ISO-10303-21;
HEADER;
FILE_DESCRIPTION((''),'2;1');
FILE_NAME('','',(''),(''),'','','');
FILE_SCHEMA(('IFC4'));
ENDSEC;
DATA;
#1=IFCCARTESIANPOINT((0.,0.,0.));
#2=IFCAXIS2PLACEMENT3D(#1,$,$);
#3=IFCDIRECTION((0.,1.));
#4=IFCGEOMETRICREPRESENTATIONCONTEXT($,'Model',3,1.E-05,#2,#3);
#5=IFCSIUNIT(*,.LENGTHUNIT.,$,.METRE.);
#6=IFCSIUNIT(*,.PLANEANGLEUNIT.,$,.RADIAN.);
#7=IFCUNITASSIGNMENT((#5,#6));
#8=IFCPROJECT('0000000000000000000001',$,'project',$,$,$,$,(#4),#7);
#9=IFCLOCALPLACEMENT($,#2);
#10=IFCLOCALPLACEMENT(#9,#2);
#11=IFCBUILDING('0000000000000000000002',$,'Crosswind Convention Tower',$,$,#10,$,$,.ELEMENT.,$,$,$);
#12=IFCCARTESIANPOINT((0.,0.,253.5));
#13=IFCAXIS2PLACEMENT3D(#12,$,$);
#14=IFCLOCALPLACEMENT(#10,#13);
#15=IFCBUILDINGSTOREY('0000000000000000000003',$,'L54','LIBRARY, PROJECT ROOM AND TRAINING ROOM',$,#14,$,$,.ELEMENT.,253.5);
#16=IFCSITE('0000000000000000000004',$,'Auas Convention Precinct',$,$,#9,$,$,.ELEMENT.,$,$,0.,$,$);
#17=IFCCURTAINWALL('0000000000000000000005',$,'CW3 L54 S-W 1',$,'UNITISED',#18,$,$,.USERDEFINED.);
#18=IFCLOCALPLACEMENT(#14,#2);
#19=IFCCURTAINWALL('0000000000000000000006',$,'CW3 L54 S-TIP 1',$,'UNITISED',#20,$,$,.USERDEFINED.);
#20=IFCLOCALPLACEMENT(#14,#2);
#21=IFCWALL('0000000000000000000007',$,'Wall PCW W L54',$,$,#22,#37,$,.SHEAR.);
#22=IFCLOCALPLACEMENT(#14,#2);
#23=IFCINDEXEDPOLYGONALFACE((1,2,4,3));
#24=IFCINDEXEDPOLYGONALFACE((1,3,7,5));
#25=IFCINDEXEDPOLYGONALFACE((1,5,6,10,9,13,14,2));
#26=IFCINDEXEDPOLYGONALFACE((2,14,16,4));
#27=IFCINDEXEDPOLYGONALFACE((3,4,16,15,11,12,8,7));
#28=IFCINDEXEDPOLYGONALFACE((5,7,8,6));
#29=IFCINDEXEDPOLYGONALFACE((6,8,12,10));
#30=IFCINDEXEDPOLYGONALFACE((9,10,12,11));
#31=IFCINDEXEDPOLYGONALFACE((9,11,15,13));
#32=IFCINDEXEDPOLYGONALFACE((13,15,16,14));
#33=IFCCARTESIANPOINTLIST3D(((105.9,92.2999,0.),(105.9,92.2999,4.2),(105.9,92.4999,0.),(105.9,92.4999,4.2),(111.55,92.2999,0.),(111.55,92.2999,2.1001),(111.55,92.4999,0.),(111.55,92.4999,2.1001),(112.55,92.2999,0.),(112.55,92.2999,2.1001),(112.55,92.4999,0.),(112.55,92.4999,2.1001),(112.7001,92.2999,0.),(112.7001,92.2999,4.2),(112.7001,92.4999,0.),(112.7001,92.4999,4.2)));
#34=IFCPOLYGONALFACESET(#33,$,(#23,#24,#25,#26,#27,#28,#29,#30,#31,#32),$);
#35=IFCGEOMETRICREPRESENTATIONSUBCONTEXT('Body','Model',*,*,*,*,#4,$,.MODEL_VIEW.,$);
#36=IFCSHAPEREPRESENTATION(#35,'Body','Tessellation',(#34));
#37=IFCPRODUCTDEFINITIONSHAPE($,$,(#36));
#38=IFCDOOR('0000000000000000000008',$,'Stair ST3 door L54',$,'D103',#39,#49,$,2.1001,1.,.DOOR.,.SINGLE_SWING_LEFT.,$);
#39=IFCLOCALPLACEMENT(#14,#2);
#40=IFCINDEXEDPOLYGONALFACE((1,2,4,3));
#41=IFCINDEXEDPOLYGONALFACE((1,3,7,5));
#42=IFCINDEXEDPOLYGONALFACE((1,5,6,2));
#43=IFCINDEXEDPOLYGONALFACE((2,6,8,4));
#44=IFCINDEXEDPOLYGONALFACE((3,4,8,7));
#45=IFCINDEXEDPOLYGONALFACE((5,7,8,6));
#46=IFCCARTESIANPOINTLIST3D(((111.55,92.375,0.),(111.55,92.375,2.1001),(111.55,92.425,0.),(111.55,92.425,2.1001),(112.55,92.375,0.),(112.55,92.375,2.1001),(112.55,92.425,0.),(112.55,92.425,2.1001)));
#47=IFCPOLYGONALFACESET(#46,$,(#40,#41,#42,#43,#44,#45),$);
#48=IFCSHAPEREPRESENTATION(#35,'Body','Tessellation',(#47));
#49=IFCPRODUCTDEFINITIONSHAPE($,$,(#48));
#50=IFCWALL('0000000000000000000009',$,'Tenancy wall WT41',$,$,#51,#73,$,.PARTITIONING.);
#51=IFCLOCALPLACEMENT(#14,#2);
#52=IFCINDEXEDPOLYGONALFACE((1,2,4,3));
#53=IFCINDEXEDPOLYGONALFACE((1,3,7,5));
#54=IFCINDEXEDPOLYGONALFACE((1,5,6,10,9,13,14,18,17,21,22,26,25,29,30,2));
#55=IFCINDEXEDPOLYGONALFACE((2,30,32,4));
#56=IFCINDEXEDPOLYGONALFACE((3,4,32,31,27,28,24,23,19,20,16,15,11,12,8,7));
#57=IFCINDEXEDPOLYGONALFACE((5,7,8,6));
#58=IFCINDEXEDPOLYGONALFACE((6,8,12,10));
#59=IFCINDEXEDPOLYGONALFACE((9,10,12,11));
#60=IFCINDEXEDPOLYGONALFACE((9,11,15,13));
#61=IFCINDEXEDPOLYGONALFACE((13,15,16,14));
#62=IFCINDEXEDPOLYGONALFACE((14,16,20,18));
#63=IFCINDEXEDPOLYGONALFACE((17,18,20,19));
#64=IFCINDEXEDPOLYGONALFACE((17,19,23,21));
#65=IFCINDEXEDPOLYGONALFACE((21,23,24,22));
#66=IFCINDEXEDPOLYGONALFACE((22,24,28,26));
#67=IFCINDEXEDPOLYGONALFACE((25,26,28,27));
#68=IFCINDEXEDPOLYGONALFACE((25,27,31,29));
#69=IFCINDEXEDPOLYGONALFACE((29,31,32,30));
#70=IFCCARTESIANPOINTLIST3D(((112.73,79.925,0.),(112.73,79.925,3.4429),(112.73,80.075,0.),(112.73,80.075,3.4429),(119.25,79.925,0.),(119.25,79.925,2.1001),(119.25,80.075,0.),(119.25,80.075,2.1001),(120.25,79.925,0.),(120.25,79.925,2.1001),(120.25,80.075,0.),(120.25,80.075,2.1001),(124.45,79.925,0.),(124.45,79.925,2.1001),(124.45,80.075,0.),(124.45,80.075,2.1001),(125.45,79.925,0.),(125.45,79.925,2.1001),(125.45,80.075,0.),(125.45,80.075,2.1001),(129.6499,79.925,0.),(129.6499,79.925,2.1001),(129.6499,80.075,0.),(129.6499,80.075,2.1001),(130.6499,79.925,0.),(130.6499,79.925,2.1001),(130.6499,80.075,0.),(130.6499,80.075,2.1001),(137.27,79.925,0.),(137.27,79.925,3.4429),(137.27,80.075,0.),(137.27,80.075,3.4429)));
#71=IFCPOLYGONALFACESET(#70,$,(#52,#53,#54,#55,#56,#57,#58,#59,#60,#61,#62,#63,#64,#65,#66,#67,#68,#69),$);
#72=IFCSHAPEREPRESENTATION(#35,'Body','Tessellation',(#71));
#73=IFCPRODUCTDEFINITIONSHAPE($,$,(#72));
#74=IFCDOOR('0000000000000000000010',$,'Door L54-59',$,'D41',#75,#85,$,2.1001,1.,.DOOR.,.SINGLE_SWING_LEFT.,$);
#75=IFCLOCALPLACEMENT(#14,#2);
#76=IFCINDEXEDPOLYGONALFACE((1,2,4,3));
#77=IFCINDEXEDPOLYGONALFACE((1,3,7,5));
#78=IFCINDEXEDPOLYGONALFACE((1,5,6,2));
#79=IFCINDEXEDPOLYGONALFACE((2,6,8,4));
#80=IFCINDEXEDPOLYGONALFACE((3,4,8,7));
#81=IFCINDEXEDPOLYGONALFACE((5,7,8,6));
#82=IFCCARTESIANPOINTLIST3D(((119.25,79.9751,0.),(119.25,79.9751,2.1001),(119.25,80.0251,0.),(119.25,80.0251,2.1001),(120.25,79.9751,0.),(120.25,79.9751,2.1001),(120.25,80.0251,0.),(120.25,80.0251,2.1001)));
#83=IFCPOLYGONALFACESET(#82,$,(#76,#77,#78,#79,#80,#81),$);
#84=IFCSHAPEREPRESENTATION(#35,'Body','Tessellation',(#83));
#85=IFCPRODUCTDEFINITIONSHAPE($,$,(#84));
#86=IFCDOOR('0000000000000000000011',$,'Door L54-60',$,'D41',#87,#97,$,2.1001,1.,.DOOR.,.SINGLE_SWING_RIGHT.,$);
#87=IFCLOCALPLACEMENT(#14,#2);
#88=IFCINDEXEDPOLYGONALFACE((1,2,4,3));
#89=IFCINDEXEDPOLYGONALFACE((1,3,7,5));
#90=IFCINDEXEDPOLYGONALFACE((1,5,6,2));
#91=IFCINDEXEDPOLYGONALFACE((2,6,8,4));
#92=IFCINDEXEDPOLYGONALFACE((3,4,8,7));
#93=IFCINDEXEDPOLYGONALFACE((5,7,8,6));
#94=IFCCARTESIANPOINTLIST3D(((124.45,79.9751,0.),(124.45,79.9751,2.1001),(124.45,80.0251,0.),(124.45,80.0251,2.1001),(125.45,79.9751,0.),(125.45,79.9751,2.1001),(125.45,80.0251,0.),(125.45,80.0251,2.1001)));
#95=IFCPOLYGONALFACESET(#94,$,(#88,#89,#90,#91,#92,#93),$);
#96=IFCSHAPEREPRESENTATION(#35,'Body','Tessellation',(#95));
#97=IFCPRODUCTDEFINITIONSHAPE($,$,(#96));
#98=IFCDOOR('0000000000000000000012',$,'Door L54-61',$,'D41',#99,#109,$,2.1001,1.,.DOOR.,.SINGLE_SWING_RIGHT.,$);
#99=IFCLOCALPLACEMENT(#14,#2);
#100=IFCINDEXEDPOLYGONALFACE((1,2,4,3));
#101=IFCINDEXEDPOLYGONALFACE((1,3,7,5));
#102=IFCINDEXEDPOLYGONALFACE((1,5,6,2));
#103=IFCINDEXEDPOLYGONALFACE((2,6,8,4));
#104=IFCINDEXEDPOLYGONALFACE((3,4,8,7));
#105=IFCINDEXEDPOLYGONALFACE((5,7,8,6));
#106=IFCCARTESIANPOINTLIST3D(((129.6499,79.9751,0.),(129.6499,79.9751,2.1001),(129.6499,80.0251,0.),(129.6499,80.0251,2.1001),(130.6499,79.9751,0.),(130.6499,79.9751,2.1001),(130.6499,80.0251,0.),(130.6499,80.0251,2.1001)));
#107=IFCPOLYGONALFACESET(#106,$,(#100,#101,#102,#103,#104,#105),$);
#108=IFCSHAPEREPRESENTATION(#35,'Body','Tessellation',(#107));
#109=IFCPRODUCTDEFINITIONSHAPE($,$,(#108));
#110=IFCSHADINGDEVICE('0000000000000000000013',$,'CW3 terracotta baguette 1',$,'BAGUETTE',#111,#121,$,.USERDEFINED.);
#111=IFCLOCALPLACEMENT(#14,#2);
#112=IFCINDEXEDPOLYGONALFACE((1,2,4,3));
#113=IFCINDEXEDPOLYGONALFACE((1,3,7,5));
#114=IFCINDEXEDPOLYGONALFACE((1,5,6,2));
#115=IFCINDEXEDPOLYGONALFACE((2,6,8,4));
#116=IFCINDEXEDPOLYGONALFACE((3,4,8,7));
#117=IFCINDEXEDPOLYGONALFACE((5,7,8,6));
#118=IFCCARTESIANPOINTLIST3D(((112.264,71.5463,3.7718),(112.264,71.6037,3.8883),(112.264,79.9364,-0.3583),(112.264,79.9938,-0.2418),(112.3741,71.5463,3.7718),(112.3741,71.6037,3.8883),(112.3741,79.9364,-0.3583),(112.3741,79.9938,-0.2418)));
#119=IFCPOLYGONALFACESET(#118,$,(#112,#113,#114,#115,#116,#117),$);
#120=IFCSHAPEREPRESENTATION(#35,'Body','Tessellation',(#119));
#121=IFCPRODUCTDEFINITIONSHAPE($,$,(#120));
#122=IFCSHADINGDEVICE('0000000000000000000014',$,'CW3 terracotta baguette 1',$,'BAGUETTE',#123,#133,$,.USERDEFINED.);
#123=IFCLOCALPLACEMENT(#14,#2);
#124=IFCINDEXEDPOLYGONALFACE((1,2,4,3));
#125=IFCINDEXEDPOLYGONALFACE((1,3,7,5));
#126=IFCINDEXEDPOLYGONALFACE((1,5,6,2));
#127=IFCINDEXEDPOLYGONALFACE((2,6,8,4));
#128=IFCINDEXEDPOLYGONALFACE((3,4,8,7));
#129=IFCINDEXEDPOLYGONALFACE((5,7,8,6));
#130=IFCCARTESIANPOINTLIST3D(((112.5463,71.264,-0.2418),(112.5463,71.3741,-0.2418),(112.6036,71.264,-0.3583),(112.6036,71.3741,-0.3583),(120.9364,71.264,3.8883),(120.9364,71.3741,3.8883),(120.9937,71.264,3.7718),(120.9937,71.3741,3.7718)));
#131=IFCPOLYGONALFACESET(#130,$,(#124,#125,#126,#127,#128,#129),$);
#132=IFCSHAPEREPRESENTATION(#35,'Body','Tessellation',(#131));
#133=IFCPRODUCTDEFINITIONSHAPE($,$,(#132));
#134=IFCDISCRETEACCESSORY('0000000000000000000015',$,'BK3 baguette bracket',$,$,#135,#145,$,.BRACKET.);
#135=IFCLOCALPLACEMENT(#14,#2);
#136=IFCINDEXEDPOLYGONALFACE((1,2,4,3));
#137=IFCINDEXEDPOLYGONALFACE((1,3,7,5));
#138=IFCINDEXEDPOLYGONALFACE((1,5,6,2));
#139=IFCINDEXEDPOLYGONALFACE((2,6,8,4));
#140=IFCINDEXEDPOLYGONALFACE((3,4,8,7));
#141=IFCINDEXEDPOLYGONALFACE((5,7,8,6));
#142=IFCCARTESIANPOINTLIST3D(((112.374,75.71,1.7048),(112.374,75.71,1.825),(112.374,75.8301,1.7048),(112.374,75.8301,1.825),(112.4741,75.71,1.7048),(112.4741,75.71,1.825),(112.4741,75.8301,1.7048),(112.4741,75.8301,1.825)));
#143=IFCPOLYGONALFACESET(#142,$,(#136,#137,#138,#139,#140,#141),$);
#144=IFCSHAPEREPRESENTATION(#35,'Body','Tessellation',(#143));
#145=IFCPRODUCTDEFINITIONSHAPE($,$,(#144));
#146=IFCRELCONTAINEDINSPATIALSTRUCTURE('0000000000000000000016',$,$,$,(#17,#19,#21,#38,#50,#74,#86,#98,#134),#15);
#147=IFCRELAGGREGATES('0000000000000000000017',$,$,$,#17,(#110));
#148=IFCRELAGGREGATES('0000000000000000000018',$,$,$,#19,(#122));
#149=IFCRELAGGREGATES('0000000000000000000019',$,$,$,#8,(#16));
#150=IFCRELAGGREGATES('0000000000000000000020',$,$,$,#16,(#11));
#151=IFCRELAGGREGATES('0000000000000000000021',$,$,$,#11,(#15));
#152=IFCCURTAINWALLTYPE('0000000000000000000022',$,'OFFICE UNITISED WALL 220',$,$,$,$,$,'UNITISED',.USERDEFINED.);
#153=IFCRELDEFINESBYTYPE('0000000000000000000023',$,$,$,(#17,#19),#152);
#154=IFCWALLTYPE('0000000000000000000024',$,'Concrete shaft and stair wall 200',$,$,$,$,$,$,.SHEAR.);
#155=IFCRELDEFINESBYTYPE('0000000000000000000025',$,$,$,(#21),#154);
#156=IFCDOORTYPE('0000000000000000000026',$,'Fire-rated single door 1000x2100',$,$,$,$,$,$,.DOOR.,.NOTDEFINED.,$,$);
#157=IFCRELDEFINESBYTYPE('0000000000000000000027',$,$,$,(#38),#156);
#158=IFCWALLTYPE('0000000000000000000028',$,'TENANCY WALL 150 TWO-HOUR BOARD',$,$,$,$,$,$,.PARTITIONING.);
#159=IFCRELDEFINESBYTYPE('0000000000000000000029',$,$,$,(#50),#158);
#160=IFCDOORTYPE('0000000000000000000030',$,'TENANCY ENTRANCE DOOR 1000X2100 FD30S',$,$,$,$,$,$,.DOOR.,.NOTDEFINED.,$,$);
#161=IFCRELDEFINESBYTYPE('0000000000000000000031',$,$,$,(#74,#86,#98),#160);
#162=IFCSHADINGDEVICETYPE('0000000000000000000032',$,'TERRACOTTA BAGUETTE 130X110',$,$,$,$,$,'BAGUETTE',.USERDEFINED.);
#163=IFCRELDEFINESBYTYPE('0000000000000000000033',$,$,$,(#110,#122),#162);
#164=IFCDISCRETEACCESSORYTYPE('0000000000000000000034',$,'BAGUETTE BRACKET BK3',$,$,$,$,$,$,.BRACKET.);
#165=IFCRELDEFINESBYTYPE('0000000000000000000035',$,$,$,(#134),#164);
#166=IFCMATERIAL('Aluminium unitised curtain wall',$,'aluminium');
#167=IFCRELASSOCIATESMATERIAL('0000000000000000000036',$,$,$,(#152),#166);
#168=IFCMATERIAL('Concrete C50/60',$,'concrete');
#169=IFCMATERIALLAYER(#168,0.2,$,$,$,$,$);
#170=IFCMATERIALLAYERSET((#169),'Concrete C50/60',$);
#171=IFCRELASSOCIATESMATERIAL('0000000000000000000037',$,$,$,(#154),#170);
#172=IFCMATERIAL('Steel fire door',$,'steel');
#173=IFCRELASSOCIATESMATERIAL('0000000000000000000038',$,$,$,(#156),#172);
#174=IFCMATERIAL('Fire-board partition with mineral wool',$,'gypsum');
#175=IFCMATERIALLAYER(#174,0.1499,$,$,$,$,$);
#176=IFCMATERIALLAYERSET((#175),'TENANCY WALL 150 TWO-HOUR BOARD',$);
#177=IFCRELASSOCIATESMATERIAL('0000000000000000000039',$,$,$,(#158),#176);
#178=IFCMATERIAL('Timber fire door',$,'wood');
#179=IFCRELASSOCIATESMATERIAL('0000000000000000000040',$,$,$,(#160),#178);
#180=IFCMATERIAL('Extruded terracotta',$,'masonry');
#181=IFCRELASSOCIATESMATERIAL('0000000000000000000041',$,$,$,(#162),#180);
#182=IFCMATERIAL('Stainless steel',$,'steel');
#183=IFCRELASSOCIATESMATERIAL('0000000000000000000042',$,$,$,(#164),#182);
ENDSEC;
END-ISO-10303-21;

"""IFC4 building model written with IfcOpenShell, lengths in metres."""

from ifc_helpers import new_model, si_unit, direction, frame, frame_2d, origin, origin_2d, place, context, subcontext, project, spatial, rectangle, extrude, material, layer, layer_set, material_profile, profile_set, type_object, element, fill, aggregate, save


model = new_model("IFC4")

# Units and contexts
model_context = context("Model", 3, precision=1e-05, world=origin(), true_north=direction((0.0, 1.0)))
body_context = subcontext(model_context, "Body", "Model", "MODEL_VIEW")
ifc_project = project(units=[si_unit("LENGTHUNIT", "METRE"), si_unit("PLANEANGLEUNIT", "RADIAN")], contexts=[model_context])

# Site, building, storey
site_placement = place(None, origin())
site = spatial("IfcSite", under=ifc_project, at=site_placement, Name="Auas Convention Precinct", CompositionType="ELEMENT", RefElevation=0.0)
building_placement = place(site_placement, origin())
building = spatial("IfcBuilding", under=site, at=building_placement, Name="Crosswind Convention Tower", CompositionType="ELEMENT")
storey_placement = place(building_placement, frame((0.0, 0.0, 253.5)))
storey = spatial("IfcBuildingStorey", under=building, at=storey_placement, Name="L54", Description="LIBRARY, PROJECT ROOM AND TRAINING ROOM", CompositionType="ELEMENT", Elevation=253.5)

# Curtain wall
ifc_material_1 = material(Name="Aluminium unitised curtain wall", Category="aluminium")
curtain_wall_type_1 = type_object("IfcCurtainWallType", Name="OFFICE UNITISED WALL 220", ElementType="UNITISED", PredefinedType="USERDEFINED", material=ifc_material_1)
curtain_wall_1_placement = place(storey_placement, origin())
curtain_wall_1 = element("IfcCurtainWall", 1, at=curtain_wall_1_placement, inside=storey, type_object=curtain_wall_type_1, Name="CW3 L54 S-W 1", ObjectType="UNITISED", PredefinedType="USERDEFINED")

# Curtain wall
curtain_wall_2_placement = place(storey_placement, origin())
curtain_wall_2 = element("IfcCurtainWall", 2, at=curtain_wall_2_placement, inside=storey, type_object=curtain_wall_type_1, Name="CW3 L54 S-TIP 1", ObjectType="UNITISED", PredefinedType="USERDEFINED")

# Wall, opening, door
ifc_material_2 = material(Name="Concrete C50/60", Category="concrete")
ifc_layer_1 = layer(ifc_material_2, 0.2)
ifc_layer_set_1 = layer_set([ifc_layer_1], Name="Concrete C50/60")
wall_type_1 = type_object("IfcWallType", Name="Concrete shaft and stair wall 200", PredefinedType="SHEAR", material=ifc_layer_set_1)
ifc_material_3 = material(Name="Steel fire door", Category="steel")
wall_1_placement = place(storey_placement, frame((112.7, 92.3999, 0.0), z_axis=(0.0, 0.0, 1.0), x_axis=(-1.0, 0.0, 0.0)))
wall_1 = element("IfcWall", 3, at=wall_1_placement, inside=storey, type_object=wall_type_1, Name="Wall PCW W L54", PredefinedType="SHEAR", context=body_context, shape_type="SweptSolid", body=[
    extrude(rectangle(XDim=6.8, YDim=0.2, at=frame_2d((3.3999, 0.0))), origin(), (0.0, 0.0, 1.0), 4.2),
])
opening_1_placement = place(wall_1_placement, frame((0.1499, 0.0, 0.0)))
opening_1 = element("IfcOpeningElement", 4, at=opening_1_placement, cuts=wall_1, PredefinedType="OPENING", context=body_context, shape_type="SweptSolid", body=[
    extrude(rectangle(XDim=1.0, YDim=2.1001, at=frame_2d((0.5, 1.05))), frame((0.0, 0.1099, 0.0), z_axis=(0.0, -1.0, 0.0), x_axis=(1.0, 0.0, 0.0)), (0.0, 0.0, 1.0), 0.22),
])
door_type_1 = type_object("IfcDoorType", Name="Fire-rated single door 1000x2100", OperationType="NOTDEFINED", PredefinedType="DOOR", material=ifc_material_3)
door_1_placement = place(opening_1_placement, origin())
door_1 = element("IfcDoor", 5, at=door_1_placement, inside=storey, type_object=door_type_1, Name="Stair ST3 door L54", ObjectType="D103", OperationType="SINGLE_SWING_LEFT", OverallHeight=2.1001, OverallWidth=1.0, PredefinedType="DOOR", context=body_context, shape_type="SweptSolid", body=[
    extrude(rectangle(XDim=1.0, YDim=2.1001, at=frame_2d((0.5, 1.05))), frame((0.0, 0.0249, 0.0), z_axis=(0.0, -1.0, 0.0), x_axis=(1.0, 0.0, 0.0)), (0.0, 0.0, 1.0), 0.05),
])
fill(opening_1, door_1)

# Wall, openings, doors
ifc_material_4 = material(Name="Fire-board partition with mineral wool", Category="gypsum")
ifc_layer_2 = layer(ifc_material_4, 0.1499)
ifc_layer_set_2 = layer_set([ifc_layer_2], Name="TENANCY WALL 150 TWO-HOUR BOARD")
wall_type_2 = type_object("IfcWallType", Name="TENANCY WALL 150 TWO-HOUR BOARD", PredefinedType="PARTITIONING", material=ifc_layer_set_2)
wall_2_placement = place(storey_placement, frame((112.73, 80.0, 0.0), z_axis=(0.0, 0.0, 1.0), x_axis=(1.0, 0.0, 0.0)))
wall_2 = element("IfcWall", 6, at=wall_2_placement, inside=storey, type_object=wall_type_2, Name="Tenancy wall WT41", PredefinedType="PARTITIONING", context=body_context, shape_type="SweptSolid", body=[
    extrude(rectangle(XDim=24.54, YDim=0.1499, at=frame_2d((12.27, 0.0))), origin(), (0.0, 0.0, 1.0), 3.4429),
])
opening_2_placement = place(wall_2_placement, frame((6.52, 0.0, 0.0)))
opening_2 = element("IfcOpeningElement", 7, at=opening_2_placement, cuts=wall_2, PredefinedType="OPENING", context=body_context, shape_type="SweptSolid", body=[
    extrude(rectangle(XDim=1.0, YDim=2.1001, at=frame_2d((0.5, 1.05))), frame((0.0, 0.085, 0.0), z_axis=(0.0, -1.0, 0.0), x_axis=(1.0, 0.0, 0.0)), (0.0, 0.0, 1.0), 0.1699),
])
opening_3_placement = place(wall_2_placement, frame((11.72, 0.0, 0.0)))
opening_3 = element("IfcOpeningElement", 8, at=opening_3_placement, cuts=wall_2, PredefinedType="OPENING", context=body_context, shape_type="SweptSolid", body=[
    extrude(rectangle(XDim=1.0, YDim=2.1001, at=frame_2d((0.5, 1.05))), frame((0.0, 0.085, 0.0), z_axis=(0.0, -1.0, 0.0), x_axis=(1.0, 0.0, 0.0)), (0.0, 0.0, 1.0), 0.1699),
])
opening_4_placement = place(wall_2_placement, frame((16.9199, 0.0, 0.0)))
opening_4 = element("IfcOpeningElement", 9, at=opening_4_placement, cuts=wall_2, PredefinedType="OPENING", context=body_context, shape_type="SweptSolid", body=[
    extrude(rectangle(XDim=1.0, YDim=2.1001, at=frame_2d((0.5, 1.05))), frame((0.0, 0.085, 0.0), z_axis=(0.0, -1.0, 0.0), x_axis=(1.0, 0.0, 0.0)), (0.0, 0.0, 1.0), 0.1699),
])
ifc_material_5 = material(Name="Timber fire door", Category="wood")
door_type_2 = type_object("IfcDoorType", Name="TENANCY ENTRANCE DOOR 1000X2100 FD30S", OperationType="NOTDEFINED", PredefinedType="DOOR", material=ifc_material_5)
door_2_placement = place(opening_2_placement, frame((1.0, 0.0, 0.0), z_axis=(0.0, 0.0, 1.0), x_axis=(-1.0, 0.0, 0.0)))
door_2 = element("IfcDoor", 10, at=door_2_placement, inside=storey, type_object=door_type_2, Name="Door L54-59", ObjectType="D41", OperationType="SINGLE_SWING_LEFT", OverallHeight=2.1001, OverallWidth=1.0, PredefinedType="DOOR", context=body_context, shape_type="SweptSolid", body=[
    extrude(rectangle(XDim=1.0, YDim=2.1001, at=frame_2d((0.5, 1.05))), frame((0.0, 0.0249, 0.0), z_axis=(0.0, -1.0, 0.0), x_axis=(1.0, 0.0, 0.0)), (0.0, 0.0, 1.0), 0.05),
])
fill(opening_2, door_2)
door_3_placement = place(opening_3_placement, frame((1.0, 0.0, 0.0), z_axis=(0.0, 0.0, 1.0), x_axis=(-1.0, 0.0, 0.0)))
door_3 = element("IfcDoor", 11, at=door_3_placement, inside=storey, type_object=door_type_2, Name="Door L54-60", ObjectType="D41", OperationType="SINGLE_SWING_RIGHT", OverallHeight=2.1001, OverallWidth=1.0, PredefinedType="DOOR", context=body_context, shape_type="SweptSolid", body=[
    extrude(rectangle(XDim=1.0, YDim=2.1001, at=frame_2d((0.5, 1.05))), frame((0.0, 0.0249, 0.0), z_axis=(0.0, -1.0, 0.0), x_axis=(1.0, 0.0, 0.0)), (0.0, 0.0, 1.0), 0.05),
])
fill(opening_3, door_3)
door_4_placement = place(opening_4_placement, frame((1.0, 0.0, 0.0), z_axis=(0.0, 0.0, 1.0), x_axis=(-1.0, 0.0, 0.0)))
door_4 = element("IfcDoor", 12, at=door_4_placement, inside=storey, type_object=door_type_2, Name="Door L54-61", ObjectType="D41", OperationType="SINGLE_SWING_RIGHT", OverallHeight=2.1001, OverallWidth=1.0, PredefinedType="DOOR", context=body_context, shape_type="SweptSolid", body=[
    extrude(rectangle(XDim=1.0, YDim=2.1001, at=frame_2d((0.5, 1.05))), frame((0.0, 0.0249, 0.0), z_axis=(0.0, -1.0, 0.0), x_axis=(1.0, 0.0, 0.0)), (0.0, 0.0, 1.0), 0.05),
])
fill(opening_4, door_4)

# Shading devices
ifc_material_6 = material(Name="Extruded terracotta", Category="masonry")
ifc_material_profile_1 = material_profile(ifc_material_6, rectangle(XDim=0.1101, YDim=0.1299, at=origin_2d()), Name="TC 110X130")
ifc_profile_set_1 = profile_set([ifc_material_profile_1], Name="Extruded terracotta")
shading_device_type = type_object("IfcShadingDeviceType", Name="TERRACOTTA BAGUETTE 130X110", ElementType="BAGUETTE", PredefinedType="USERDEFINED", material=ifc_profile_set_1)
shading_device_1_placement = place(storey_placement, frame((112.3191, 79.9651, -0.3), z_axis=(0.0, -0.897188, 0.441649), x_axis=(1.0, 0.0, 0.0)))
shading_device_1 = element("IfcShadingDevice", 13, at=shading_device_1_placement, type_object=shading_device_type, Name="CW3 terracotta baguette 1", ObjectType="BAGUETTE", PredefinedType="USERDEFINED", context=body_context, shape_type="SweptSolid", body=[
    extrude(rectangle(XDim=0.1101, YDim=0.1299, at=origin_2d()), origin(), (0.0, 0.0, 1.0), 9.3516),
])
aggregate(curtain_wall_1, [shading_device_1])
shading_device_2_placement = place(storey_placement, frame((112.575, 71.3191, -0.3), z_axis=(0.897188, 0.0, 0.441649), x_axis=(0.0, 1.0, 0.0)))
shading_device_2 = element("IfcShadingDevice", 14, at=shading_device_2_placement, type_object=shading_device_type, Name="CW3 terracotta baguette 1", ObjectType="BAGUETTE", PredefinedType="USERDEFINED", context=body_context, shape_type="SweptSolid", body=[
    extrude(rectangle(XDim=0.1101, YDim=0.1299, at=origin_2d()), origin(), (0.0, 0.0, 1.0), 9.3516),
])
aggregate(curtain_wall_2, [shading_device_2])

# Discrete accessory
ifc_material_7 = material(Name="Stainless steel", Category="steel")
discrete_accessory_type = type_object("IfcDiscreteAccessoryType", Name="BAGUETTE BRACKET BK3", PredefinedType="BRACKET", material=ifc_material_7)
discrete_accessory_placement = place(storey_placement, frame((112.4241, 75.77, 1.7048), z_axis=(0.0, 0.0, 1.0), x_axis=(0.0, -1.0, 0.0)))
element("IfcDiscreteAccessory", 15, at=discrete_accessory_placement, inside=storey, type_object=discrete_accessory_type, Name="BK3 baguette bracket", PredefinedType="BRACKET", context=body_context, shape_type="SweptSolid", body=[
    extrude(rectangle(XDim=0.1201, YDim=0.1001, at=origin_2d()), origin(), (0.0, 0.0, 1.0), 0.1201),
])

save(model, "model.ifc")
